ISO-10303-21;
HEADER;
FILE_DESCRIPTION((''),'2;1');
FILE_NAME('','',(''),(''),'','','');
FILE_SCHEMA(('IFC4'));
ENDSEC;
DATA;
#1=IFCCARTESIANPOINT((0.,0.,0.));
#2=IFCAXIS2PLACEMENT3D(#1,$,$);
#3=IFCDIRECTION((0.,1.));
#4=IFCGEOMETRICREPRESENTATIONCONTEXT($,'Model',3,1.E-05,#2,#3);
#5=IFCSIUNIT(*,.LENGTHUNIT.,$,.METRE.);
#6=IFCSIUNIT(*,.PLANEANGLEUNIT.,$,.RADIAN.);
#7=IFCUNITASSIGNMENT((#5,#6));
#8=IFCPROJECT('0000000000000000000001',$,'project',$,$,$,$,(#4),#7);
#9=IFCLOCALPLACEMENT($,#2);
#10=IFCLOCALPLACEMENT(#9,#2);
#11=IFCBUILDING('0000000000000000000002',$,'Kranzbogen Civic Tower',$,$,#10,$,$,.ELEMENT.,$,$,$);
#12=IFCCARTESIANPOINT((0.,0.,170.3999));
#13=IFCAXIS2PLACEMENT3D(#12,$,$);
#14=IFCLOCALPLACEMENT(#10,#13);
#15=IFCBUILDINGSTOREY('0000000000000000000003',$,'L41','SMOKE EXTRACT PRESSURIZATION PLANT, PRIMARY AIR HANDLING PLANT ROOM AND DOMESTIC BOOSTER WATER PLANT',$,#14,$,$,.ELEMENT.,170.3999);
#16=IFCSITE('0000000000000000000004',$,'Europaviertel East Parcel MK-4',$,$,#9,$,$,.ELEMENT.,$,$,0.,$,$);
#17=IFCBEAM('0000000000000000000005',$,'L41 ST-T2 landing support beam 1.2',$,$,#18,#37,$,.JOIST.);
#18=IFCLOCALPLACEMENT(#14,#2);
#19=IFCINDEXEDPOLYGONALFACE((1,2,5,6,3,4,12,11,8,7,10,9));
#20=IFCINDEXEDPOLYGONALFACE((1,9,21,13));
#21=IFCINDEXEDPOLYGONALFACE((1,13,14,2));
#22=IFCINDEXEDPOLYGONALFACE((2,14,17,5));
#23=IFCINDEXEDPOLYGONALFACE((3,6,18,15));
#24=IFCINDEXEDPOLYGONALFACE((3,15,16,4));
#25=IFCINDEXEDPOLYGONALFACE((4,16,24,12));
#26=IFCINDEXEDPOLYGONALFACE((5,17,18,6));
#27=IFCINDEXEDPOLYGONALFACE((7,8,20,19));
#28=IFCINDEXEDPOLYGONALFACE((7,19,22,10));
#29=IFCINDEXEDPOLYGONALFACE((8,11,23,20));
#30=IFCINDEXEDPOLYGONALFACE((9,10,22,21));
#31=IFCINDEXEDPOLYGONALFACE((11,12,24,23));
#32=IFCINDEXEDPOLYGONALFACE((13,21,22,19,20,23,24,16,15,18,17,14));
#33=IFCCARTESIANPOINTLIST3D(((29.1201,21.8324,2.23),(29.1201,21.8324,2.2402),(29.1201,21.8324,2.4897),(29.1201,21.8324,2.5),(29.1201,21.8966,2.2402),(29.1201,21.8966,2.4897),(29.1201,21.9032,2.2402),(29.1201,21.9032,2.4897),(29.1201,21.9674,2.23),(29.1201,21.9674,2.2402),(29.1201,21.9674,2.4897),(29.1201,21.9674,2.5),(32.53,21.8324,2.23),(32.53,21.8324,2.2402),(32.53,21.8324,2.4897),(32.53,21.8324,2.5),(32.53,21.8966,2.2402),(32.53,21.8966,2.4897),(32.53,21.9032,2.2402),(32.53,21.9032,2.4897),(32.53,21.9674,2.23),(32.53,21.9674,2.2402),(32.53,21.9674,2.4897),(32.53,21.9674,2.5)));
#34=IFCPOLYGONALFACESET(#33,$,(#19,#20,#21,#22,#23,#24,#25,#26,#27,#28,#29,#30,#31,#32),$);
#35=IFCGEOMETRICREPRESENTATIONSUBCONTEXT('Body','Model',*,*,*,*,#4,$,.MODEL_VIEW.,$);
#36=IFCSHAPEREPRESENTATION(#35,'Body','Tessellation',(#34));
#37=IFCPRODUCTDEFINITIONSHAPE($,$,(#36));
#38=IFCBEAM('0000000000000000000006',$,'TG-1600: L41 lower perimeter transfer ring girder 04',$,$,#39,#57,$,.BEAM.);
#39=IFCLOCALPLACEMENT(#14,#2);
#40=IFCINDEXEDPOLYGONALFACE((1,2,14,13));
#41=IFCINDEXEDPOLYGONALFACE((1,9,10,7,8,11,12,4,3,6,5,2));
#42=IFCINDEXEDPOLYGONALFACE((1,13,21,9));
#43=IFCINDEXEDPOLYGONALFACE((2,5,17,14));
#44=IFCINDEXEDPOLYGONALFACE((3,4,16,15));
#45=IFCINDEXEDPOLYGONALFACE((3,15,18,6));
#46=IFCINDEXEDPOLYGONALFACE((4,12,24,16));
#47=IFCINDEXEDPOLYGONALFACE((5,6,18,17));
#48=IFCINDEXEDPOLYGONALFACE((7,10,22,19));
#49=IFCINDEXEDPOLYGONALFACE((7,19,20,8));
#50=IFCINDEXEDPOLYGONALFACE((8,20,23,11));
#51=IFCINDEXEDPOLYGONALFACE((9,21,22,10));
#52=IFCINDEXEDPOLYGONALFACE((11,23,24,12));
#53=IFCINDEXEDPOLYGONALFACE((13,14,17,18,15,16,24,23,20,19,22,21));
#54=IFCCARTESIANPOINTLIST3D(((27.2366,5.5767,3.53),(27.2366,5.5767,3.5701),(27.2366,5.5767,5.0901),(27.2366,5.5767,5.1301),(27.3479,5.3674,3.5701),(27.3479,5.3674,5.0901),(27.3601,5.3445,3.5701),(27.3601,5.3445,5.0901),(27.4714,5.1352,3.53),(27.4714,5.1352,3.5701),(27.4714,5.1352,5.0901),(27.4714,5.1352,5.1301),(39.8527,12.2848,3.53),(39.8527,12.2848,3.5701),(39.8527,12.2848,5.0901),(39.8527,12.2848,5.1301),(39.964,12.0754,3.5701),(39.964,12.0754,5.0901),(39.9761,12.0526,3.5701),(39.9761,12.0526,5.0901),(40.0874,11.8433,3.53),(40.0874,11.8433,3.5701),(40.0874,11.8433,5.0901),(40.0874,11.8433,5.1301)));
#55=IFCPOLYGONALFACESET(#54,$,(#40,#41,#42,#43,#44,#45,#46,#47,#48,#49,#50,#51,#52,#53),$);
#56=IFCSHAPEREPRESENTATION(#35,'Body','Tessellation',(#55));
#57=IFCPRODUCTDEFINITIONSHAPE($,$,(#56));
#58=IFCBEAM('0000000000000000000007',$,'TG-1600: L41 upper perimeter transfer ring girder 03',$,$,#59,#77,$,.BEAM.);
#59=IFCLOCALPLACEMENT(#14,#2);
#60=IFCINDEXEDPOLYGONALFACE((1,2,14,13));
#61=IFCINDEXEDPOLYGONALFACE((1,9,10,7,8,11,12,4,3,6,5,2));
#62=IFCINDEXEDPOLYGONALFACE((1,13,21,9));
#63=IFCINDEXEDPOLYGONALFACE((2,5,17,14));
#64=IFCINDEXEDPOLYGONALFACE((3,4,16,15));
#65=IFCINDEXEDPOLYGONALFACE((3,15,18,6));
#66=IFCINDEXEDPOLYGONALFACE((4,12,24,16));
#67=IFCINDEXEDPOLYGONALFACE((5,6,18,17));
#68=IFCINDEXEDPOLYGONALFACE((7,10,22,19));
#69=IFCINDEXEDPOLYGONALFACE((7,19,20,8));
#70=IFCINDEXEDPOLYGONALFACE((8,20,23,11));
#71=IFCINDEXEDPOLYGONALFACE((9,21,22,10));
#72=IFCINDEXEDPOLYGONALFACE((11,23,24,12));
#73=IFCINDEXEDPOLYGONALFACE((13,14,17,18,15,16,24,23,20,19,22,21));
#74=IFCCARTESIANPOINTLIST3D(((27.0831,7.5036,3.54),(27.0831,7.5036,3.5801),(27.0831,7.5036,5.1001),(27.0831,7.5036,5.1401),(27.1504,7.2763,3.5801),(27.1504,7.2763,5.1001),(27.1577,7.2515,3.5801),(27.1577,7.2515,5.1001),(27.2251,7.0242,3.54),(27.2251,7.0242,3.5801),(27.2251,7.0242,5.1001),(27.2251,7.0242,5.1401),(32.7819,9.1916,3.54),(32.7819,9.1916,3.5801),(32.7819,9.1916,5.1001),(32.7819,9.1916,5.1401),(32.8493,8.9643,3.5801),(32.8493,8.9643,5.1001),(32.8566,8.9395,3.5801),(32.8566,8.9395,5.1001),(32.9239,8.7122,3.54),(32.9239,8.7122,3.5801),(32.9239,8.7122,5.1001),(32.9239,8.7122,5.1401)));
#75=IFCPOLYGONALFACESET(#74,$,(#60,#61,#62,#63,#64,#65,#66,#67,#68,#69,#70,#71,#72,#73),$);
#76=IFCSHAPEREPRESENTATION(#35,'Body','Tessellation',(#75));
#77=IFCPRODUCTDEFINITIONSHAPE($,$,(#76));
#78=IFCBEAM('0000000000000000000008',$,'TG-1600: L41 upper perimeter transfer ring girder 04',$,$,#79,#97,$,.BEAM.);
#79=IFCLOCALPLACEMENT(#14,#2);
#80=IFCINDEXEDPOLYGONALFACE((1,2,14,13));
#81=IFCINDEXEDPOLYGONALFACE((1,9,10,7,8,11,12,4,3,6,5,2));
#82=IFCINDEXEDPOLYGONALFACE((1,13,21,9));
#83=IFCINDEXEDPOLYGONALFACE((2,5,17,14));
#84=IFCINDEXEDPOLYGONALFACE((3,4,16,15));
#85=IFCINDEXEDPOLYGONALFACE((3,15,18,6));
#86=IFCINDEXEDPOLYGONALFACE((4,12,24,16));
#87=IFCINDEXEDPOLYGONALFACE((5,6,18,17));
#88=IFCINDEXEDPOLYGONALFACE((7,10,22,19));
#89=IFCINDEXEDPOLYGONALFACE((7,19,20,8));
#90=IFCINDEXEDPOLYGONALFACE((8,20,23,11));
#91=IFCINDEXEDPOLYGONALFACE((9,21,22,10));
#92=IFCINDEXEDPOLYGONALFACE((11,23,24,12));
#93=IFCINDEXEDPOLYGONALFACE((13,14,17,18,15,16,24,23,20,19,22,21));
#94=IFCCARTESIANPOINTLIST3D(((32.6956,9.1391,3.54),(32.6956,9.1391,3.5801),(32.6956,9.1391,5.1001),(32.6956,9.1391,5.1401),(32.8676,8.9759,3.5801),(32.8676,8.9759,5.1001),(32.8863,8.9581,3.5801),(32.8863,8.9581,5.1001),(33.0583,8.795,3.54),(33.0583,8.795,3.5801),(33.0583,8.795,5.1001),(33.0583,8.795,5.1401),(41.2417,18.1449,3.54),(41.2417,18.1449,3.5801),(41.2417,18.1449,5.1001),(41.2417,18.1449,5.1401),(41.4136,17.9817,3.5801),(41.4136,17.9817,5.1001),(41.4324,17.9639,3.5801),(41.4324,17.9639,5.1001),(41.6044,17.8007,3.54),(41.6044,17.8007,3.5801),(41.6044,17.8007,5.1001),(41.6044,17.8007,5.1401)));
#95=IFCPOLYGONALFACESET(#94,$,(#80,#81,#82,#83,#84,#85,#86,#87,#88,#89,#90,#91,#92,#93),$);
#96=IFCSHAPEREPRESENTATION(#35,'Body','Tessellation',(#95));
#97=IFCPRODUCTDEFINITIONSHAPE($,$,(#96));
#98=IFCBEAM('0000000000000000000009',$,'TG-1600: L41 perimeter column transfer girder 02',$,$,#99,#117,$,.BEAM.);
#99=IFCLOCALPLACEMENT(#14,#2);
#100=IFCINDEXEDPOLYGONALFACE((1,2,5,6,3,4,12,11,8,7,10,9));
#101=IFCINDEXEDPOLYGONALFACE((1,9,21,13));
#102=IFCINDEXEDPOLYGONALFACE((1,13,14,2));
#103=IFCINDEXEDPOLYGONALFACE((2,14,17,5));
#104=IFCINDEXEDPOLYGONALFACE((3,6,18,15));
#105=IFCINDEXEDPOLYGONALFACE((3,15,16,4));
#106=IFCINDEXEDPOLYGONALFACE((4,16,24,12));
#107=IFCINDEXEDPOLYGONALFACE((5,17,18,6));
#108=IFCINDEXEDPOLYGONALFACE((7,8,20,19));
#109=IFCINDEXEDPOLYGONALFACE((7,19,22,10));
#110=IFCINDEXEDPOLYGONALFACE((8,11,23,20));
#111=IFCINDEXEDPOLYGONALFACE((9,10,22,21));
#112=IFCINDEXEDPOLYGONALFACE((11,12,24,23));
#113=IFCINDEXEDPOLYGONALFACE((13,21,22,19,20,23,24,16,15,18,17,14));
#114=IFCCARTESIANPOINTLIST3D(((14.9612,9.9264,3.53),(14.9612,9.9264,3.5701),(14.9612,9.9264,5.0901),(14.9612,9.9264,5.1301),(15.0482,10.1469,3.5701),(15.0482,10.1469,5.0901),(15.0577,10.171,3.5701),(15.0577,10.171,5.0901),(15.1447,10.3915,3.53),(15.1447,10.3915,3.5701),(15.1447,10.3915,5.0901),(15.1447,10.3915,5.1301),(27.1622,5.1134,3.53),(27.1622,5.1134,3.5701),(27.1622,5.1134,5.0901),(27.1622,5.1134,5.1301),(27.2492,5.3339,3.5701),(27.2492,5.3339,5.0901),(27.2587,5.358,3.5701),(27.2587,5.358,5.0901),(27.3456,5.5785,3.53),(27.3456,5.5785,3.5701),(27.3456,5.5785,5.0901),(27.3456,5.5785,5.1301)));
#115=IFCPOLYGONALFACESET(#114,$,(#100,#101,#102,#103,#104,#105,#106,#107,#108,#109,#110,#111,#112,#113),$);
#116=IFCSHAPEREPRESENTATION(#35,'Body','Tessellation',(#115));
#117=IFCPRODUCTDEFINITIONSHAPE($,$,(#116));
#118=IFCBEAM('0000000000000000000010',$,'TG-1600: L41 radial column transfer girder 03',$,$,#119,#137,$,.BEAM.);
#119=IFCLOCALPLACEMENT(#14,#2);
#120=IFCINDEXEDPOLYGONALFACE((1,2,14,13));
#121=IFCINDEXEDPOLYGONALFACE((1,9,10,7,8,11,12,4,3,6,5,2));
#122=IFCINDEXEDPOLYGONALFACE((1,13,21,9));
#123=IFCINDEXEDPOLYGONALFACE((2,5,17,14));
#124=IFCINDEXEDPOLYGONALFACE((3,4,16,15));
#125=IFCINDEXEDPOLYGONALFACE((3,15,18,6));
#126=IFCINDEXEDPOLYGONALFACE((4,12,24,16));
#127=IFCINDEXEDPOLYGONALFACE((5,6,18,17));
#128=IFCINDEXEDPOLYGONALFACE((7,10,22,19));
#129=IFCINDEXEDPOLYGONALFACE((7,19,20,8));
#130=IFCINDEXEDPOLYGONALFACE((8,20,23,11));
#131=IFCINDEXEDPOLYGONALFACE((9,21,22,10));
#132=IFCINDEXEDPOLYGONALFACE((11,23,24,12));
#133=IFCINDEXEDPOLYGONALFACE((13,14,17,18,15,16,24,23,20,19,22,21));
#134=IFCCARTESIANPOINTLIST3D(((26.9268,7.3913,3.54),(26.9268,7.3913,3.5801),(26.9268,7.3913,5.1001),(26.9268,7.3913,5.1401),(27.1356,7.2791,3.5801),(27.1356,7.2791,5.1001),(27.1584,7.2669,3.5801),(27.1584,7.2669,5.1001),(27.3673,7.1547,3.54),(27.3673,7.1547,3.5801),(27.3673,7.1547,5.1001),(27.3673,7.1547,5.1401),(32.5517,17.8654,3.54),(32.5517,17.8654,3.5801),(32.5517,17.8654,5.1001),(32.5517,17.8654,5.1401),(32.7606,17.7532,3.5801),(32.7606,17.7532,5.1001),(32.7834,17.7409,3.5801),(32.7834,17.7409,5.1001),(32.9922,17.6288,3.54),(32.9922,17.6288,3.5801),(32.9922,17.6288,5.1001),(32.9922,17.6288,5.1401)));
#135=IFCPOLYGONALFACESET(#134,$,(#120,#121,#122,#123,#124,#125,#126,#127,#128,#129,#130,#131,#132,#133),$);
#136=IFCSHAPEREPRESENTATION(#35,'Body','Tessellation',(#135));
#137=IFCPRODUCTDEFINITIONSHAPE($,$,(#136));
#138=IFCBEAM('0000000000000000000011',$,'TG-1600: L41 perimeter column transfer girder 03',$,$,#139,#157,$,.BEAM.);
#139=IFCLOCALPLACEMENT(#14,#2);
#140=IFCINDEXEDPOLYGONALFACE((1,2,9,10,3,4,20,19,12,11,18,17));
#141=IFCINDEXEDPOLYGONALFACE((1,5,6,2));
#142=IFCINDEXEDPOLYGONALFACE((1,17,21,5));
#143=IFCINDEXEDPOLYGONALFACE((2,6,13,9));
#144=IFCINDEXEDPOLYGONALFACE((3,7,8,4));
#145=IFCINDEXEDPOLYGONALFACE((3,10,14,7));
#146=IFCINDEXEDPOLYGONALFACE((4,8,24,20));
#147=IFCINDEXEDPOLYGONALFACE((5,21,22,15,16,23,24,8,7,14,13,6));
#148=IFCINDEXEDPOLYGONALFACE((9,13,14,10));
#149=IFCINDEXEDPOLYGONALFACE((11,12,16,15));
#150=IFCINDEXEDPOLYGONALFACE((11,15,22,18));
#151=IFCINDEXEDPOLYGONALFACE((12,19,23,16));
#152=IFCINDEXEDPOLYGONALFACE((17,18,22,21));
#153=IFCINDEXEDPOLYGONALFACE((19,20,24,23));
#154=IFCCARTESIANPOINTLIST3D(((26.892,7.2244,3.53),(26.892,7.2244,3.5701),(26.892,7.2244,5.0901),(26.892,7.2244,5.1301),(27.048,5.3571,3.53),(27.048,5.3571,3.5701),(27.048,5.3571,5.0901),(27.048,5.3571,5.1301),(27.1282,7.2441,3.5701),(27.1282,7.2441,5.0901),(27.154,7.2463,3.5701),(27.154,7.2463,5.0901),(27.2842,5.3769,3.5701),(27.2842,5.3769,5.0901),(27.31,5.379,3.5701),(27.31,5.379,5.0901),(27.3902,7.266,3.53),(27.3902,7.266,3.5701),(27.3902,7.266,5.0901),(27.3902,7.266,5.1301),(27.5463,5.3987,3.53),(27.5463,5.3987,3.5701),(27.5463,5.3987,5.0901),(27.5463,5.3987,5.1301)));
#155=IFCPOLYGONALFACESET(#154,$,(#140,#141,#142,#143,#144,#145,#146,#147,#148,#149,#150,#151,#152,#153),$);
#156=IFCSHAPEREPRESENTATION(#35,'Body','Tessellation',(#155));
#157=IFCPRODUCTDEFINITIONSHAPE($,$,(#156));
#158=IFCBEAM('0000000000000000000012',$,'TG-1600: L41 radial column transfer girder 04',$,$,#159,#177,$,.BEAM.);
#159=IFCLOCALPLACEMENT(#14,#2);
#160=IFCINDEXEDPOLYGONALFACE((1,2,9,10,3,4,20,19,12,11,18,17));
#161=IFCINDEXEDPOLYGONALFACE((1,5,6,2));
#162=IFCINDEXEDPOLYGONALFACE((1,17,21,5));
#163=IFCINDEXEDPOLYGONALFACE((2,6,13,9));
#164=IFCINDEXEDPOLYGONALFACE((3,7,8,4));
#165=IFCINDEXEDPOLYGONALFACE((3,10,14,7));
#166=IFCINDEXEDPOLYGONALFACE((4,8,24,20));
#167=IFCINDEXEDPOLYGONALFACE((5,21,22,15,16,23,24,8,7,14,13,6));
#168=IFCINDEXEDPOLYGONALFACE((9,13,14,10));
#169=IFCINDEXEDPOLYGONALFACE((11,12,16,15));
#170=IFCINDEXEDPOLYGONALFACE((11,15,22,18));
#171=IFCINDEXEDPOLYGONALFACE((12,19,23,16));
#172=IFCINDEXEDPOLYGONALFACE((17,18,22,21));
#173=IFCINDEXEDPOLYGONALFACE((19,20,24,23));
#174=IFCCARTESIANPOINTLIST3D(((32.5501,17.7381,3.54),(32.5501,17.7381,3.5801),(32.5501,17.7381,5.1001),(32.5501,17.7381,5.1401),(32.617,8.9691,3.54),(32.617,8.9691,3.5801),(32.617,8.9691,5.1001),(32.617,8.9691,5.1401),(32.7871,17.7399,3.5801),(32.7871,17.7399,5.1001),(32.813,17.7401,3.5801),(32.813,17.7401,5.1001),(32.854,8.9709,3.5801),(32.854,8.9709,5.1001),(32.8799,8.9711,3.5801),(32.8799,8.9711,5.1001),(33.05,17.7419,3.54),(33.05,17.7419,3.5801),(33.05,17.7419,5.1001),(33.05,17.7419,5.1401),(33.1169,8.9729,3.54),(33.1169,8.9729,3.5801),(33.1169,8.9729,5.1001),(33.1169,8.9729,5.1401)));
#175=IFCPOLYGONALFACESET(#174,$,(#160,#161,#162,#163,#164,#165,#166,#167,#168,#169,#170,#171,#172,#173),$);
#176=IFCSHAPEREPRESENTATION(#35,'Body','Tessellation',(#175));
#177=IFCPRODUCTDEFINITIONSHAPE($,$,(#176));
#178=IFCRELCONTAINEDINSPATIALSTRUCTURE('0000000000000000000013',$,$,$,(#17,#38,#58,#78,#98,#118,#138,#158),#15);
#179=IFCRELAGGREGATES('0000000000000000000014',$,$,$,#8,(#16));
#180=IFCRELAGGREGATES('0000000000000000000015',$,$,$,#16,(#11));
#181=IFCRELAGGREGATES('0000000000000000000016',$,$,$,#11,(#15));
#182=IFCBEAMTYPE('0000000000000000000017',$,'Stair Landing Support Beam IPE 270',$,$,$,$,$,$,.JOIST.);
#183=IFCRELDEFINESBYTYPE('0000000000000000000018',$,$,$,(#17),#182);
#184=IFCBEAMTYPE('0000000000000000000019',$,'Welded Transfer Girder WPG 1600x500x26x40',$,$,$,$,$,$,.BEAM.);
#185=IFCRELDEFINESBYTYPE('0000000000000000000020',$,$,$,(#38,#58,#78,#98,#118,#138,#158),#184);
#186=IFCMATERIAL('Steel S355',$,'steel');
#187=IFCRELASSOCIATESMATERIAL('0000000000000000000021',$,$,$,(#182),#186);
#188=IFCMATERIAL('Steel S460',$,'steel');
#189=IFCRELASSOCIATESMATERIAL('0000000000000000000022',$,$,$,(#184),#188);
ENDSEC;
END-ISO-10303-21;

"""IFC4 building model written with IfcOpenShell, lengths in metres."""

from ifc_helpers import new_model, si_unit, direction, frame, origin, origin_2d, place, context, subcontext, project, spatial, i_section, extrude, material, material_profile, profile_set, type_object, element, save


model = new_model("IFC4")

# Units and contexts
model_context = context("Model", 3, precision=1e-05, world=origin(), true_north=direction((0.0, 1.0)))
body_context = subcontext(model_context, "Body", "Model", "MODEL_VIEW")
ifc_project = project(units=[si_unit("LENGTHUNIT", "METRE"), si_unit("PLANEANGLEUNIT", "RADIAN")], contexts=[model_context])

# Site, building, storey
site_placement = place(None, origin())
site = spatial("IfcSite", under=ifc_project, at=site_placement, Name="Europaviertel East Parcel MK-4", CompositionType="ELEMENT", RefElevation=0.0)
building_placement = place(site_placement, origin())
building = spatial("IfcBuilding", under=site, at=building_placement, Name="Kranzbogen Civic Tower", CompositionType="ELEMENT")
storey_placement = place(building_placement, frame((0.0, 0.0, 170.3999)))
storey = spatial("IfcBuildingStorey", under=building, at=storey_placement, Name="L41", Description="SMOKE EXTRACT PRESSURIZATION PLANT, PRIMARY AIR HANDLING PLANT ROOM AND DOMESTIC BOOSTER WATER PLANT", CompositionType="ELEMENT", Elevation=170.3999)

# Shared definitions
ifc_material_1 = material(Name="Steel S355", Category="steel")
ifc_material_2 = material(Name="Steel S460", Category="steel")

# Beams
ifc_material_profile_1 = material_profile(ifc_material_1, i_section(OverallWidth=0.135, OverallDepth=0.27, WebThickness=0.0066, FlangeThickness=0.0103, at=origin_2d()), Name="IPE 270")
ifc_profile_set_1 = profile_set([ifc_material_profile_1], Name="Steel S355")
beam_type_1 = type_object("IfcBeamType", Name="Stair Landing Support Beam IPE 270", PredefinedType="JOIST", material=ifc_profile_set_1)
for number, where, z_axis, x_axis, name in (
    (1, (29.1201, 21.8999, 2.365), (1.0, 0.0, 0.0), (0.0, 1.0, 0.0), "L41 ST-T2 landing support beam 1.2"),
):
    element("IfcBeam", number, at=place(storey_placement, frame(where, z_axis=z_axis, x_axis=x_axis)), inside=storey, type_object=beam_type_1, Name=name, PredefinedType="JOIST", context=body_context, shape_type="SweptSolid", body=[
        extrude(i_section(OverallWidth=0.135, OverallDepth=0.27, WebThickness=0.0066, FlangeThickness=0.0103, at=origin_2d()), origin(), (0.0, 0.0, 1.0), 3.4099),
    ])
ifc_material_profile_2 = material_profile(ifc_material_2, i_section(OverallWidth=0.5, OverallDepth=1.6001, WebThickness=0.0259, FlangeThickness=0.04, at=origin_2d()), Name="WPG 1600x500x26x40")
ifc_profile_set_2 = profile_set([ifc_material_profile_2], Name="Steel S460")
beam_type_2 = type_object("IfcBeamType", Name="Welded Transfer Girder WPG 1600x500x26x40", PredefinedType="BEAM", material=ifc_profile_set_2)
beam_1_placement = place(storey_placement, frame((27.354, 5.356, 4.3301), z_axis=(0.882948, 0.46947, 0.0), x_axis=(-0.46947, 0.882948, 0.0)))
element("IfcBeam", 2, at=beam_1_placement, inside=storey, type_object=beam_type_2, Name="TG-1600: L41 lower perimeter transfer ring girder 04", PredefinedType="BEAM", context=body_context, shape_type="SweptSolid", body=[
    extrude(i_section(OverallWidth=0.5, OverallDepth=1.6001, WebThickness=0.0259, FlangeThickness=0.04, at=origin_2d()), origin(), (0.0, 0.0, 1.0), 14.2886),
])
beam_2_placement = place(storey_placement, frame((27.1541, 7.2639, 4.3401), z_axis=(0.958825, 0.283996, 0.0), x_axis=(-0.283996, 0.958825, 0.0)))
element("IfcBeam", 3, at=beam_2_placement, inside=storey, type_object=beam_type_2, Name="TG-1600: L41 upper perimeter transfer ring girder 03", PredefinedType="BEAM", context=body_context, shape_type="SweptSolid", body=[
    extrude(i_section(OverallWidth=0.5, OverallDepth=1.6001, WebThickness=0.0259, FlangeThickness=0.04, at=origin_2d()), origin(), (0.0, 0.0, 1.0), 5.9436),
])
beam_3_placement = place(storey_placement, frame((32.877, 8.967, 4.3401), z_axis=(0.68835, 0.725378, 0.0), x_axis=(-0.725378, 0.68835, 0.0)))
element("IfcBeam", 4, at=beam_3_placement, inside=storey, type_object=beam_type_2, Name="TG-1600: L41 upper perimeter transfer ring girder 04", PredefinedType="BEAM", context=body_context, shape_type="SweptSolid", body=[
    extrude(i_section(OverallWidth=0.5, OverallDepth=1.6001, WebThickness=0.0259, FlangeThickness=0.04, at=origin_2d()), origin(), (0.0, 0.0, 1.0), 12.4153),
])
beam_4_placement = place(storey_placement, frame((27.2539, 5.3459, 4.3301), z_axis=(-0.930238, 0.366958, 0.0), x_axis=(-0.366958, -0.930238, 0.0)))
element("IfcBeam", 5, at=beam_4_placement, inside=storey, type_object=beam_type_2, Name="TG-1600: L41 perimeter column transfer girder 02", PredefinedType="BEAM", context=body_context, shape_type="SweptSolid", body=[
    extrude(i_section(OverallWidth=0.5, OverallDepth=1.6001, WebThickness=0.0259, FlangeThickness=0.04, at=origin_2d()), origin(), (0.0, 0.0, 1.0), 13.116),
])
beam_5_placement = place(storey_placement, frame((32.772, 17.7471, 4.3401), z_axis=(-0.473127, -0.880994, 0.0), x_axis=(0.880994, -0.473127, 0.0)))
element("IfcBeam", 6, at=beam_5_placement, inside=storey, type_object=beam_type_2, Name="TG-1600: L41 radial column transfer girder 03", PredefinedType="BEAM", context=body_context, shape_type="SweptSolid", body=[
    extrude(i_section(OverallWidth=0.5, OverallDepth=1.6001, WebThickness=0.0259, FlangeThickness=0.04, at=origin_2d()), origin(), (0.0, 0.0, 1.0), 11.8889),
])
beam_6_placement = place(storey_placement, frame((27.2971, 5.3779, 4.3301), z_axis=(-0.083261, 0.996528, 0.0), x_axis=(-0.996528, -0.083261, 0.0)))
element("IfcBeam", 7, at=beam_6_placement, inside=storey, type_object=beam_type_2, Name="TG-1600: L41 perimeter column transfer girder 03", PredefinedType="BEAM", context=body_context, shape_type="SweptSolid", body=[
    extrude(i_section(OverallWidth=0.5, OverallDepth=1.6001, WebThickness=0.0259, FlangeThickness=0.04, at=origin_2d()), origin(), (0.0, 0.0, 1.0), 1.8738),
])
beam_7_placement = place(storey_placement, frame((32.8, 17.74, 4.3401), z_axis=(0.007628, -0.999971, 0.0), x_axis=(0.999971, 0.007628, 0.0)))
element("IfcBeam", 8, at=beam_7_placement, inside=storey, type_object=beam_type_2, Name="TG-1600: L41 radial column transfer girder 04", PredefinedType="BEAM", context=body_context, shape_type="SweptSolid", body=[
    extrude(i_section(OverallWidth=0.5, OverallDepth=1.6001, WebThickness=0.0259, FlangeThickness=0.04, at=origin_2d()), origin(), (0.0, 0.0, 1.0), 8.7693),
])

save(model, "model.ifc")
